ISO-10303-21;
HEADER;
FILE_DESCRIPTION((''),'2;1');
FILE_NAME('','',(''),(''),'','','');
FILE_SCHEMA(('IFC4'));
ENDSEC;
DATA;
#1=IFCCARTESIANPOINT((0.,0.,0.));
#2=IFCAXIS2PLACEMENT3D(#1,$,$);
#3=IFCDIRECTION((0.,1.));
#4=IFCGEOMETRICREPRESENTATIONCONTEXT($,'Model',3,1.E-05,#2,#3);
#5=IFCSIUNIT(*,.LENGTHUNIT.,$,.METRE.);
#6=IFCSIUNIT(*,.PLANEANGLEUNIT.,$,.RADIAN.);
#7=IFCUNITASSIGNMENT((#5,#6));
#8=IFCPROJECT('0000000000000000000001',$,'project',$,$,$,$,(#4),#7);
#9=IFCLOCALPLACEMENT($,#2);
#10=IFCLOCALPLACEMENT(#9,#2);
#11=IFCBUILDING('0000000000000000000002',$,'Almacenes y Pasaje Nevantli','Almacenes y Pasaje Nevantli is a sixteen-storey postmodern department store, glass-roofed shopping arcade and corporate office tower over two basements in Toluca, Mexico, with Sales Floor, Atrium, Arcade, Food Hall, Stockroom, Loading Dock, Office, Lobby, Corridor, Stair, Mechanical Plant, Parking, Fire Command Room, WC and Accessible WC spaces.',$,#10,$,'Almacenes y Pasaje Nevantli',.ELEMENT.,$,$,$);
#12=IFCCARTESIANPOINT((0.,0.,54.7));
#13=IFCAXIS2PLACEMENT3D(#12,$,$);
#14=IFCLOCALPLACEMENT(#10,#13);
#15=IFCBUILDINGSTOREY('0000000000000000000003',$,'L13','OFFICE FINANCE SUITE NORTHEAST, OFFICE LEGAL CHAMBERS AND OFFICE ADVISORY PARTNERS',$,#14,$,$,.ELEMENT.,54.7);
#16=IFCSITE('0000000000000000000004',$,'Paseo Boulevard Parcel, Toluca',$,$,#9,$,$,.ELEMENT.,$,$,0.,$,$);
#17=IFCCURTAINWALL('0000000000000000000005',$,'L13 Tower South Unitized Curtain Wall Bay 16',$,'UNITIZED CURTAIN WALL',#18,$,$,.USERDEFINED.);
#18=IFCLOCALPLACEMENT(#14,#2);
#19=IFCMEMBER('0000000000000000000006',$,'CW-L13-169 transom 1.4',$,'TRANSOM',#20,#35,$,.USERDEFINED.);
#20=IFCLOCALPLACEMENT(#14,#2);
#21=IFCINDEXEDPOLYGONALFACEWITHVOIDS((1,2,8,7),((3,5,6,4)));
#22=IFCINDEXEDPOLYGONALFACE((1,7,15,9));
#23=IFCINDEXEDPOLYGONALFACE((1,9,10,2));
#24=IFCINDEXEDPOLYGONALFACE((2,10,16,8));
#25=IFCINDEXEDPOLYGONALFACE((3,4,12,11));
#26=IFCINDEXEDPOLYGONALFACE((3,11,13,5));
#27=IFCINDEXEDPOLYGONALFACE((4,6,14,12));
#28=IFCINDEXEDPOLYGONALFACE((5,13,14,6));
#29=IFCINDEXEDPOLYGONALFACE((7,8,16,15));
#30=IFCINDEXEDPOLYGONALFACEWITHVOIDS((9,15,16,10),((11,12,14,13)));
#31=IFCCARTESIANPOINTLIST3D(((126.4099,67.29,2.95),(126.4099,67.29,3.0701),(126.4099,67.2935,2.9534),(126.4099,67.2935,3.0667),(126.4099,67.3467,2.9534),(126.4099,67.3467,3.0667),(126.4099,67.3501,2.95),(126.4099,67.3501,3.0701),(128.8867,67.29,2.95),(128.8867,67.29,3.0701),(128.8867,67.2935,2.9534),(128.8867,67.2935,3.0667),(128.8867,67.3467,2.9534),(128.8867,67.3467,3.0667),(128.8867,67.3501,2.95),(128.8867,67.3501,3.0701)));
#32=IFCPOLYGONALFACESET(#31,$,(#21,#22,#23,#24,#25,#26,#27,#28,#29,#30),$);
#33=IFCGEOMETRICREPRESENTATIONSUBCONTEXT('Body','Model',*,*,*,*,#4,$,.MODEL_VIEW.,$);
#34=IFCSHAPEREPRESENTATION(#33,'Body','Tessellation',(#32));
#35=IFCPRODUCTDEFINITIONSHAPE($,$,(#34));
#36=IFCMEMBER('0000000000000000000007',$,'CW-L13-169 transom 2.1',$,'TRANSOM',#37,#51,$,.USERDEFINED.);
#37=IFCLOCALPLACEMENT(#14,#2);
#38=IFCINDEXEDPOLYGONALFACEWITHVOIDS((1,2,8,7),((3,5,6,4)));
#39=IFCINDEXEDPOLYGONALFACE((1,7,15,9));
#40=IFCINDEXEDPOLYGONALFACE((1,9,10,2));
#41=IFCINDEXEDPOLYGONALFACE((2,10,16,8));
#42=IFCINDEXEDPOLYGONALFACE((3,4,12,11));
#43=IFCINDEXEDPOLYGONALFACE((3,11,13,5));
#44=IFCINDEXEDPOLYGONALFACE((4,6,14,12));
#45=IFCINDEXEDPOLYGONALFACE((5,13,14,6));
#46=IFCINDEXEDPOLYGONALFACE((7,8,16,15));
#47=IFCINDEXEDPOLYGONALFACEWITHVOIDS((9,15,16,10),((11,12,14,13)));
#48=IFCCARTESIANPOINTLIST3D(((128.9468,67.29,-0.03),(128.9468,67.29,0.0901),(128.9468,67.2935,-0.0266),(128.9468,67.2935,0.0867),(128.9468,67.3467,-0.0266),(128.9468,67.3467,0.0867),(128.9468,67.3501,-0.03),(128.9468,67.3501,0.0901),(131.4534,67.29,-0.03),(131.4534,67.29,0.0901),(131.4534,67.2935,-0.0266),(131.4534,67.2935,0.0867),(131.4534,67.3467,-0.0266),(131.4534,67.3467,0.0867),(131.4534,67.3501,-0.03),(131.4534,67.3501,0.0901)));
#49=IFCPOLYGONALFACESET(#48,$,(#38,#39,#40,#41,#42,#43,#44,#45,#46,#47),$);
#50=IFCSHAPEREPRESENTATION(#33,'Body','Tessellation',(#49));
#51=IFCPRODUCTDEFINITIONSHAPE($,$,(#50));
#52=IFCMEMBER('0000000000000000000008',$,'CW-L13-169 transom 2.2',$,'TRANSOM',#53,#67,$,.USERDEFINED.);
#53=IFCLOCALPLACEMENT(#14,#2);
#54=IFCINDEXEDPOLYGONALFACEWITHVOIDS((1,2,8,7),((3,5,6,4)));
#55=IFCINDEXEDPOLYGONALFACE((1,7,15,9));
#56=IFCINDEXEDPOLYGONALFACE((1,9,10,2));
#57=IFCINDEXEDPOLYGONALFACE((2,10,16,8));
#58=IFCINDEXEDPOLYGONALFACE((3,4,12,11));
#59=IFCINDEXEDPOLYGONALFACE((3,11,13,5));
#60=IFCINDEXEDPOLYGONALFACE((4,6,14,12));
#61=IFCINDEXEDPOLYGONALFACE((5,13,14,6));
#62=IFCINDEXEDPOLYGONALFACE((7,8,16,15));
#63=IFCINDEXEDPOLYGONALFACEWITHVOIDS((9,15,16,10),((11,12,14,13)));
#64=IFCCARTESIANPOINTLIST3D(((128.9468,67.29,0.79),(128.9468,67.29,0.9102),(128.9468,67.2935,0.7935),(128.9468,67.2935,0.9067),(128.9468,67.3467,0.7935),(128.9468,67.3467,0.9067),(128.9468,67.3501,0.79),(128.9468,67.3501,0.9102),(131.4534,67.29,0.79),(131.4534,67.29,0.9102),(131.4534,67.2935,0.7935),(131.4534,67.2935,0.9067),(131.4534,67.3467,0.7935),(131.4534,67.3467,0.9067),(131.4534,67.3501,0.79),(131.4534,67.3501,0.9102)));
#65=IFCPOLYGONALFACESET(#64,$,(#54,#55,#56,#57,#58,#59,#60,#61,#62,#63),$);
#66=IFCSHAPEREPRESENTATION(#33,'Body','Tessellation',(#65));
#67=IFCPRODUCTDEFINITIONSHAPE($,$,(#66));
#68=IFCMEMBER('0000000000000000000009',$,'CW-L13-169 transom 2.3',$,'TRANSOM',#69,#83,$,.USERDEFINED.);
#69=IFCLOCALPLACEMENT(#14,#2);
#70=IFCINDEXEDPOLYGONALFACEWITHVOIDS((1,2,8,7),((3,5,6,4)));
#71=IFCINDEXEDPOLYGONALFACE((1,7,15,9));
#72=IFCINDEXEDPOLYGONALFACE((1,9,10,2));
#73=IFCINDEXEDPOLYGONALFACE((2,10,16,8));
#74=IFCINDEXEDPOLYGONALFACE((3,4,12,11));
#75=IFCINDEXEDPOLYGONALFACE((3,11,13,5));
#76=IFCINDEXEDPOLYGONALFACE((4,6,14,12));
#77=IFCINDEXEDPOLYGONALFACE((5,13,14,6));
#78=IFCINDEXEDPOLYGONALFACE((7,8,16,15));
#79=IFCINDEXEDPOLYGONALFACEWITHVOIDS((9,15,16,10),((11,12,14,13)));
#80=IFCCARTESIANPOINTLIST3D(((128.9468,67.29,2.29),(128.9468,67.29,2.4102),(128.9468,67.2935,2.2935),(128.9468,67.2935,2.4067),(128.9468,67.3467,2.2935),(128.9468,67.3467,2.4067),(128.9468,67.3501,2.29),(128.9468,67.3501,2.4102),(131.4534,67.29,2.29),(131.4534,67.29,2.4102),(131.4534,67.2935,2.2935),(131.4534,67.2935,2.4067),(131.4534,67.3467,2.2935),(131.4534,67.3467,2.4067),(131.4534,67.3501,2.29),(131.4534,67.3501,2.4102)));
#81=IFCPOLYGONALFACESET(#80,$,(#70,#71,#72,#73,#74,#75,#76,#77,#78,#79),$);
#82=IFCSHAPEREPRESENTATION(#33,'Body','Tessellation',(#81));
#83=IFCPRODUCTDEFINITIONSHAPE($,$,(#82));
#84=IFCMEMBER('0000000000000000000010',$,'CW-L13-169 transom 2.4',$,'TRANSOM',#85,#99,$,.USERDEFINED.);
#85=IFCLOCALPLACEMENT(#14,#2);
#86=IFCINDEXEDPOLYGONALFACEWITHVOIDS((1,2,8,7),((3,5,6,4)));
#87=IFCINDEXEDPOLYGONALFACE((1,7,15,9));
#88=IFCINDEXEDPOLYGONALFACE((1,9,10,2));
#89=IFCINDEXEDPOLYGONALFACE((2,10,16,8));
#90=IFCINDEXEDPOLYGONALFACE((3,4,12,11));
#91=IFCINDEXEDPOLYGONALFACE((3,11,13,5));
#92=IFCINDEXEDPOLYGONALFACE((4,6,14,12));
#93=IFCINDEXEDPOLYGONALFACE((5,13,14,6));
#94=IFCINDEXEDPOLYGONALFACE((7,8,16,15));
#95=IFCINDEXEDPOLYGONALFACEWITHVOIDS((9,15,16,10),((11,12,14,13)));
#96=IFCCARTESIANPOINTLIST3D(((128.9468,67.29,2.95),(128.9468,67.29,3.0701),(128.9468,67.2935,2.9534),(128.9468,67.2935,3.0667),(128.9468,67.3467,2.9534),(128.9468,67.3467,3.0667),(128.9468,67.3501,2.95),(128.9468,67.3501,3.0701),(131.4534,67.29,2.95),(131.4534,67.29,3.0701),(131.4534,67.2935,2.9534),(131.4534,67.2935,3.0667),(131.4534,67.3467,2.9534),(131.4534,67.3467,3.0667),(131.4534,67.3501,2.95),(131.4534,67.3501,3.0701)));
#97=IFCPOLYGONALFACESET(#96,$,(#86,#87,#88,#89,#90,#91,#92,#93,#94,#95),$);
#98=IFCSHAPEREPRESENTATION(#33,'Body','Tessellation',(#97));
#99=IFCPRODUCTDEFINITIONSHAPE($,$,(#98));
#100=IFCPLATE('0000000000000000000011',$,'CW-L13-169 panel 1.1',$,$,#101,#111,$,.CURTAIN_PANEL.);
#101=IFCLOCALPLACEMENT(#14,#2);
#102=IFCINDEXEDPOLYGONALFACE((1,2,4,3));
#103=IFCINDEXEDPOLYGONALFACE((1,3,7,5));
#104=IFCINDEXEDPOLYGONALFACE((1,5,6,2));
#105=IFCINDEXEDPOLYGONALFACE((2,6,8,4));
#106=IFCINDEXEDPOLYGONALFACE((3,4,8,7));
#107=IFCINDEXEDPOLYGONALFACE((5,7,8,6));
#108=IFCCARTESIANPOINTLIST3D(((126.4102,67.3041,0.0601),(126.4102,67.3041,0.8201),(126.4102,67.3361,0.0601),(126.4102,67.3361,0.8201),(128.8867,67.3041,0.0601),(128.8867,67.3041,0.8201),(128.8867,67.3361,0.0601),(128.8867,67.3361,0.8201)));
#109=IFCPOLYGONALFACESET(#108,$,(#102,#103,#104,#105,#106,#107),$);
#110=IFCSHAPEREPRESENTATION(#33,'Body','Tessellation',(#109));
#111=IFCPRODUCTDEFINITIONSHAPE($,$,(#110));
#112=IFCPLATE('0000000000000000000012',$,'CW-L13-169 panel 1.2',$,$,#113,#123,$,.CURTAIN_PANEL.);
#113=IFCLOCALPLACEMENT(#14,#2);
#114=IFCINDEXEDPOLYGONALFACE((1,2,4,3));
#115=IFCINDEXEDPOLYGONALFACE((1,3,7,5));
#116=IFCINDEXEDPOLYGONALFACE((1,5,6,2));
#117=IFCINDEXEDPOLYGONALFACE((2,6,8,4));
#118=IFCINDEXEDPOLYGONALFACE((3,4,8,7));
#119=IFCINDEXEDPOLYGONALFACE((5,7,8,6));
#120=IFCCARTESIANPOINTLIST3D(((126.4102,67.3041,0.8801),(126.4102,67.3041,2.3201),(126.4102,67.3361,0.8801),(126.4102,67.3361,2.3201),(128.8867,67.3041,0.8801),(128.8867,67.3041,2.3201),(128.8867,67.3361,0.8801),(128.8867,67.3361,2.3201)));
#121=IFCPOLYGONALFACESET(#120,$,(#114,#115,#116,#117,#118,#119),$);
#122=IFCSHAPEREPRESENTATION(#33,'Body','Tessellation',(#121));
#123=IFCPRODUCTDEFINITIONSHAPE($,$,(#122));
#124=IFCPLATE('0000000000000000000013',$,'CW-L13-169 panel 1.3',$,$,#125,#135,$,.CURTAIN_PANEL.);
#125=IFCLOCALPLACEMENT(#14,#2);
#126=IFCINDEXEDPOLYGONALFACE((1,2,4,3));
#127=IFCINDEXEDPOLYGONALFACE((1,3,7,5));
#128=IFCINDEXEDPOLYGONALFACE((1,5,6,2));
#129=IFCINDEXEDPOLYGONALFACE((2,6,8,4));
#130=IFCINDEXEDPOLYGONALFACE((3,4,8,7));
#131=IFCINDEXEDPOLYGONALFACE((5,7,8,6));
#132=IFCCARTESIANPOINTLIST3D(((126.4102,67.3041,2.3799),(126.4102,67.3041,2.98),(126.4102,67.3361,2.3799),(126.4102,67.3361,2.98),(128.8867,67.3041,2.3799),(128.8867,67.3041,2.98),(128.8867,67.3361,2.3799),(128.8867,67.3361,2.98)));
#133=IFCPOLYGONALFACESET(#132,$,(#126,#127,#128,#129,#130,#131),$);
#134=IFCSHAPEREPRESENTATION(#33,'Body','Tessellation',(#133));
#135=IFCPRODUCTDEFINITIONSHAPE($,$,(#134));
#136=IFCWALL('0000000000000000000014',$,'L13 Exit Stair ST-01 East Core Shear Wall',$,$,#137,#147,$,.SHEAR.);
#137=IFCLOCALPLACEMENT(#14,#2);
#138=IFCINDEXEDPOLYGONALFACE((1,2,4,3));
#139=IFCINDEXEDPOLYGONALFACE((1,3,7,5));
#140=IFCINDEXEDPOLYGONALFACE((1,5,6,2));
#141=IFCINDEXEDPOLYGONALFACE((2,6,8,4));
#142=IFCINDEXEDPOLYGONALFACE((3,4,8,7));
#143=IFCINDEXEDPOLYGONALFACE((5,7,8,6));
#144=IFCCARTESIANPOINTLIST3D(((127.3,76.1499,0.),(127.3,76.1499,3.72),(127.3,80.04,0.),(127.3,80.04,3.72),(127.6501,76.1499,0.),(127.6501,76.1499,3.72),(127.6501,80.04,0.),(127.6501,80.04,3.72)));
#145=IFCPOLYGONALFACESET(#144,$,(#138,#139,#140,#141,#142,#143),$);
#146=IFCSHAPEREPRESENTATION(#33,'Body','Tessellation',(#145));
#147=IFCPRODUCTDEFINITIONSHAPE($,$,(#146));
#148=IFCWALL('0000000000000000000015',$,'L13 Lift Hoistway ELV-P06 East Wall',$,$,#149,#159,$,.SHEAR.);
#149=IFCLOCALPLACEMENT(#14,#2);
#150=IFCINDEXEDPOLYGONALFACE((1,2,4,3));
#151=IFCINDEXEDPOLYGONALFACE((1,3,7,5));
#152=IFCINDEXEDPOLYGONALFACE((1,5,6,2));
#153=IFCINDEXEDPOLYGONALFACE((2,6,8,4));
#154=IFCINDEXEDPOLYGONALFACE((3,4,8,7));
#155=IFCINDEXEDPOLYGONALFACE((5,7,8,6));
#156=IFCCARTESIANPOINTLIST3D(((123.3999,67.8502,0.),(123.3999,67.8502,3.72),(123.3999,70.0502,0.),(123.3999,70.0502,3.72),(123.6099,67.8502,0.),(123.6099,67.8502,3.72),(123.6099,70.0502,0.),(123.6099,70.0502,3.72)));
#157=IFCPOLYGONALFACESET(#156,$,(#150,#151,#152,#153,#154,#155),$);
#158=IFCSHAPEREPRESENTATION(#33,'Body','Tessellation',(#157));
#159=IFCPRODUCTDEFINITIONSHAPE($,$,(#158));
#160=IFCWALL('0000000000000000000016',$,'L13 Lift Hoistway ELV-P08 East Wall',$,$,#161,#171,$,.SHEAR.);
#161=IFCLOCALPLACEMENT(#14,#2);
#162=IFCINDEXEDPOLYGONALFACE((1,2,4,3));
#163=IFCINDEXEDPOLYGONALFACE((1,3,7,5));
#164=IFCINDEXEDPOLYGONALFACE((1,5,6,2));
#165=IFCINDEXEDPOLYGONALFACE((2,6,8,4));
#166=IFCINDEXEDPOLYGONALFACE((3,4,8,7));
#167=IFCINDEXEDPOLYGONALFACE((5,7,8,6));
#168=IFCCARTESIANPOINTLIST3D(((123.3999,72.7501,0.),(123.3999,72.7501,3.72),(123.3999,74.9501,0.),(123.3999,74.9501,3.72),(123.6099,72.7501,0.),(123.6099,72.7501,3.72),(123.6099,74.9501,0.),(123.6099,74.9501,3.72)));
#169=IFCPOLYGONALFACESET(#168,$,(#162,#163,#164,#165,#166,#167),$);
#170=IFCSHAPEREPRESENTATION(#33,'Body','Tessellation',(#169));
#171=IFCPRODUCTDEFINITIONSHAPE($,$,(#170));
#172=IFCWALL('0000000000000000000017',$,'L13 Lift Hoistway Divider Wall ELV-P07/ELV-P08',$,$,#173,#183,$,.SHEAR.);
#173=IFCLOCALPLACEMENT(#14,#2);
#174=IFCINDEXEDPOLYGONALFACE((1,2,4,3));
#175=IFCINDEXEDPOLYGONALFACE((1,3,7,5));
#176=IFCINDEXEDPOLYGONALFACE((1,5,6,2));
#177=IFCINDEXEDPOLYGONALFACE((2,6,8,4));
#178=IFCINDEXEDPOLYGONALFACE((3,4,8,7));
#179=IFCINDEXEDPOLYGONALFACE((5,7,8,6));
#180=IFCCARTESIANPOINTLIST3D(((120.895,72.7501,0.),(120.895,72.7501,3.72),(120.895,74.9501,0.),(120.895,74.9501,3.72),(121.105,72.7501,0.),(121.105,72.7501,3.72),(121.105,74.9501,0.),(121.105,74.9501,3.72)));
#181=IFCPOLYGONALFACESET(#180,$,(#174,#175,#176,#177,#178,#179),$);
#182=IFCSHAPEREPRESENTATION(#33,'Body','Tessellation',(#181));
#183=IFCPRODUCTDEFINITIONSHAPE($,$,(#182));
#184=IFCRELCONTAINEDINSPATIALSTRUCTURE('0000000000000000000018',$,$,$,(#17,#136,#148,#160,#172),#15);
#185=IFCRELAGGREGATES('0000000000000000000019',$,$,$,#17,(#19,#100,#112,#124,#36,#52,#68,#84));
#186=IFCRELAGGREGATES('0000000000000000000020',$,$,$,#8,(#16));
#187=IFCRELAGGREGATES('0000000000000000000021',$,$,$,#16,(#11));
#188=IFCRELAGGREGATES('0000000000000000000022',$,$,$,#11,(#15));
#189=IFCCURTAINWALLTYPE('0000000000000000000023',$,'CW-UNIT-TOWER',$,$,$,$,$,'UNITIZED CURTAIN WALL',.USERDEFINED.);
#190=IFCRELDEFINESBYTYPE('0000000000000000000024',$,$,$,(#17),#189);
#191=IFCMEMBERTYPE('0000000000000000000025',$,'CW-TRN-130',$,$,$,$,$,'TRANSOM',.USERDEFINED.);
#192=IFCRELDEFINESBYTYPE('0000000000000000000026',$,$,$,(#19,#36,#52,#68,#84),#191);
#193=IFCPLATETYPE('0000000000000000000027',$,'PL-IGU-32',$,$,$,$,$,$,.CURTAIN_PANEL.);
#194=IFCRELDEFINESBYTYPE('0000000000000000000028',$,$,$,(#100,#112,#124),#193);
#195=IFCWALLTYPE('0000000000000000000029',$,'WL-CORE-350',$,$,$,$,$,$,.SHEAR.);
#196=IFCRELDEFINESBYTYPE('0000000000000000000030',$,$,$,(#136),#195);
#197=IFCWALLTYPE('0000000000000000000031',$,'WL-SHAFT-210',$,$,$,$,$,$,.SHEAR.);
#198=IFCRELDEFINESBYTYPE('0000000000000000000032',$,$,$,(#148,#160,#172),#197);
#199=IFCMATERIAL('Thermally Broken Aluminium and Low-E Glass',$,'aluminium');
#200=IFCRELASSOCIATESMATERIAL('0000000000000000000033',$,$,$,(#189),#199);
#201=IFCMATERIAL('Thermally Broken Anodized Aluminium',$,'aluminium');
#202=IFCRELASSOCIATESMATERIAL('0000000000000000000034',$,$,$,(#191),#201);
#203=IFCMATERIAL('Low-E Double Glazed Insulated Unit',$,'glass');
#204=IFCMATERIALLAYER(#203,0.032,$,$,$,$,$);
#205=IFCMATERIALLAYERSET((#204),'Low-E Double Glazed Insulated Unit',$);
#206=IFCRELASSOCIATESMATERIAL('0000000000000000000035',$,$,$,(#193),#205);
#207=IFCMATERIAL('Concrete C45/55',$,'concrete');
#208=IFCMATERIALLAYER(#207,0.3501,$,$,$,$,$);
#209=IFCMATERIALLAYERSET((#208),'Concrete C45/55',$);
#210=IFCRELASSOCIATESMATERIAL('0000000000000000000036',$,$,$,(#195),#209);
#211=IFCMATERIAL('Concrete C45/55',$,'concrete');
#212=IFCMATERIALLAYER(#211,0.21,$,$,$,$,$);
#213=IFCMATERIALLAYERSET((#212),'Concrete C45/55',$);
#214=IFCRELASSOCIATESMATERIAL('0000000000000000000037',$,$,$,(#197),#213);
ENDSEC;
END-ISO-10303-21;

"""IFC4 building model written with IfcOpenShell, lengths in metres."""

from ifc_helpers import new_model, si_unit, direction, frame, frame_2d, origin, origin_2d, place, context, subcontext, project, spatial, rectangle, hollow_rectangle, extrude, material, layer, layer_set, material_profile, profile_set, type_object, element, aggregate, save


model = new_model("IFC4")

# Units and contexts
model_context = context("Model", 3, precision=1e-05, world=origin(), true_north=direction((0.0, 1.0)))
body_context = subcontext(model_context, "Body", "Model", "MODEL_VIEW")
ifc_project = project(units=[si_unit("LENGTHUNIT", "METRE"), si_unit("PLANEANGLEUNIT", "RADIAN")], contexts=[model_context])

# Site, building, storey
site_placement = place(None, origin())
site = spatial("IfcSite", under=ifc_project, at=site_placement, Name="Paseo Boulevard Parcel, Toluca", CompositionType="ELEMENT", RefElevation=0.0)
building_placement = place(site_placement, origin())
building = spatial("IfcBuilding", under=site, at=building_placement, Name="Almacenes y Pasaje Nevantli", Description="Almacenes y Pasaje Nevantli is a sixteen-storey postmodern department store, glass-roofed shopping arcade and corporate office tower over two basements in Toluca, Mexico, with Sales Floor, Atrium, Arcade, Food Hall, Stockroom, Loading Dock, Office, Lobby, Corridor, Stair, Mechanical Plant, Parking, Fire Command Room, WC and Accessible WC spaces.", LongName="Almacenes y Pasaje Nevantli", CompositionType="ELEMENT")
storey_placement = place(building_placement, frame((0.0, 0.0, 54.7)))
storey = spatial("IfcBuildingStorey", under=building, at=storey_placement, Name="L13", Description="OFFICE FINANCE SUITE NORTHEAST, OFFICE LEGAL CHAMBERS AND OFFICE ADVISORY PARTNERS", CompositionType="ELEMENT", Elevation=54.7)

# Curtain wall, members, plates
ifc_material_1 = material(Name="Thermally Broken Aluminium and Low-E Glass", Category="aluminium")
curtain_wall_type = type_object("IfcCurtainWallType", Name="CW-UNIT-TOWER", ElementType="UNITIZED CURTAIN WALL", PredefinedType="USERDEFINED", material=ifc_material_1)
curtain_wall_placement = place(storey_placement, origin())
curtain_wall = element("IfcCurtainWall", 1, at=curtain_wall_placement, inside=storey, type_object=curtain_wall_type, Name="L13 Tower South Unitized Curtain Wall Bay 16", ObjectType="UNITIZED CURTAIN WALL", PredefinedType="USERDEFINED")
ifc_material_2 = material(Name="Thermally Broken Anodized Aluminium", Category="aluminium")
ifc_material_profile_1 = material_profile(ifc_material_2, hollow_rectangle(XDim=0.0601, YDim=0.1201, WallThickness=0.0034, at=origin_2d()), Name="ALU-TRN-60x120")
ifc_profile_set_1 = profile_set([ifc_material_profile_1], Name="Thermally Broken Anodized Aluminium")
member_type_1 = type_object("IfcMemberType", Name="CW-TRN-130", ElementType="TRANSOM", PredefinedType="USERDEFINED", material=ifc_profile_set_1)
member_1_placement = place(storey_placement, frame((126.4099, 67.3201, 3.01), z_axis=(1.0, 0.0, 0.0), x_axis=(0.0, 1.0, 0.0)))
member_1 = element("IfcMember", 2, at=member_1_placement, type_object=member_type_1, Name="CW-L13-169 transom 1.4", ObjectType="TRANSOM", PredefinedType="USERDEFINED", context=body_context, shape_type="SweptSolid", body=[
    extrude(hollow_rectangle(XDim=0.0601, YDim=0.1201, WallThickness=0.0034, at=origin_2d()), origin(), (0.0, 0.0, 1.0), 2.4768),
])
member_2_placement = place(storey_placement, frame((128.9468, 67.3201, 0.03), z_axis=(1.0, 0.0, 0.0), x_axis=(0.0, 1.0, 0.0)))
member_2 = element("IfcMember", 3, at=member_2_placement, type_object=member_type_1, Name="CW-L13-169 transom 2.1", ObjectType="TRANSOM", PredefinedType="USERDEFINED", context=body_context, shape_type="SweptSolid", body=[
    extrude(hollow_rectangle(XDim=0.0601, YDim=0.1201, WallThickness=0.0034, at=origin_2d()), origin(), (0.0, 0.0, 1.0), 2.5066),
])
member_3_placement = place(storey_placement, frame((128.9468, 67.3201, 0.8501), z_axis=(1.0, 0.0, 0.0), x_axis=(0.0, 1.0, 0.0)))
member_3 = element("IfcMember", 4, at=member_3_placement, type_object=member_type_1, Name="CW-L13-169 transom 2.2", ObjectType="TRANSOM", PredefinedType="USERDEFINED", context=body_context, shape_type="SweptSolid", body=[
    extrude(hollow_rectangle(XDim=0.0601, YDim=0.1201, WallThickness=0.0034, at=origin_2d()), origin(), (0.0, 0.0, 1.0), 2.5066),
])
member_4_placement = place(storey_placement, frame((128.9468, 67.3201, 2.3501), z_axis=(1.0, 0.0, 0.0), x_axis=(0.0, 1.0, 0.0)))
member_4 = element("IfcMember", 5, at=member_4_placement, type_object=member_type_1, Name="CW-L13-169 transom 2.3", ObjectType="TRANSOM", PredefinedType="USERDEFINED", context=body_context, shape_type="SweptSolid", body=[
    extrude(hollow_rectangle(XDim=0.0601, YDim=0.1201, WallThickness=0.0034, at=origin_2d()), origin(), (0.0, 0.0, 1.0), 2.5066),
])
member_5_placement = place(storey_placement, frame((128.9468, 67.3201, 3.01), z_axis=(1.0, 0.0, 0.0), x_axis=(0.0, 1.0, 0.0)))
member_5 = element("IfcMember", 6, at=member_5_placement, type_object=member_type_1, Name="CW-L13-169 transom 2.4", ObjectType="TRANSOM", PredefinedType="USERDEFINED", context=body_context, shape_type="SweptSolid", body=[
    extrude(hollow_rectangle(XDim=0.0601, YDim=0.1201, WallThickness=0.0034, at=origin_2d()), origin(), (0.0, 0.0, 1.0), 2.5066),
])
ifc_material_3 = material(Name="Low-E Double Glazed Insulated Unit", Category="glass")
ifc_layer_1 = layer(ifc_material_3, 0.032)
ifc_layer_set_1 = layer_set([ifc_layer_1], Name="Low-E Double Glazed Insulated Unit")
plate_type = type_object("IfcPlateType", Name="PL-IGU-32", PredefinedType="CURTAIN_PANEL", material=ifc_layer_set_1)
plate_1_placement = place(storey_placement, frame((127.6484, 67.3201, 0.0601), z_axis=(0.0, 0.0, 1.0), x_axis=(1.0, 0.0, 0.0)))
plate_1 = element("IfcPlate", 7, at=plate_1_placement, type_object=plate_type, Name="CW-L13-169 panel 1.1", PredefinedType="CURTAIN_PANEL", context=body_context, shape_type="SweptSolid", body=[
    extrude(rectangle(XDim=2.4766, YDim=0.032, at=origin_2d()), origin(), (0.0, 0.0, 1.0), 0.76),
])
plate_2_placement = place(storey_placement, frame((127.6484, 67.3201, 0.8801), z_axis=(0.0, 0.0, 1.0), x_axis=(1.0, 0.0, 0.0)))
plate_2 = element("IfcPlate", 8, at=plate_2_placement, type_object=plate_type, Name="CW-L13-169 panel 1.2", PredefinedType="CURTAIN_PANEL", context=body_context, shape_type="SweptSolid", body=[
    extrude(rectangle(XDim=2.4766, YDim=0.032, at=origin_2d()), origin(), (0.0, 0.0, 1.0), 1.4399),
])
plate_3_placement = place(storey_placement, frame((127.6484, 67.3201, 2.3799), z_axis=(0.0, 0.0, 1.0), x_axis=(1.0, 0.0, 0.0)))
plate_3 = element("IfcPlate", 9, at=plate_3_placement, type_object=plate_type, Name="CW-L13-169 panel 1.3", PredefinedType="CURTAIN_PANEL", context=body_context, shape_type="SweptSolid", body=[
    extrude(rectangle(XDim=2.4766, YDim=0.032, at=origin_2d()), origin(), (0.0, 0.0, 1.0), 0.6001),
])
aggregate(curtain_wall, [member_1, plate_1, plate_2, plate_3, member_2, member_3, member_4, member_5])

# Walls
ifc_material_4 = material(Name="Concrete C45/55", Category="concrete")
ifc_layer_2 = layer(ifc_material_4, 0.3501)
ifc_layer_set_2 = layer_set([ifc_layer_2], Name="Concrete C45/55")
wall_type_1 = type_object("IfcWallType", Name="WL-CORE-350", PredefinedType="SHEAR", material=ifc_layer_set_2)
wall_placement = place(storey_placement, frame((127.4751, 76.1499, 0.0), z_axis=(0.0, 0.0, 1.0), x_axis=(0.0, 1.0, 0.0)))
element("IfcWall", 10, at=wall_placement, inside=storey, type_object=wall_type_1, Name="L13 Exit Stair ST-01 East Core Shear Wall", PredefinedType="SHEAR", context=body_context, shape_type="SweptSolid", body=[
    extrude(rectangle(XDim=3.8901, YDim=0.3501, at=frame_2d((1.9451, 0.0))), origin(), (0.0, 0.0, 1.0), 3.72),
])
ifc_material_5 = material(Name="Concrete C45/55", Category="concrete")
ifc_layer_3 = layer(ifc_material_5, 0.21)
ifc_layer_set_3 = layer_set([ifc_layer_3], Name="Concrete C45/55")
wall_type_2 = type_object("IfcWallType", Name="WL-SHAFT-210", PredefinedType="SHEAR", material=ifc_layer_set_3)
for number, where, z_axis, x_axis, name in (
    (11, (123.5049, 67.8501, 0.0), (0.0, 0.0, 1.0), (0.0, 1.0, 0.0), "L13 Lift Hoistway ELV-P06 East Wall"),
    (12, (123.5049, 72.75, 0.0), (0.0, 0.0, 1.0), (0.0, 1.0, 0.0), "L13 Lift Hoistway ELV-P08 East Wall"),
    (13, (121.0, 72.75, 0.0), (0.0, 0.0, 1.0), (0.0, 1.0, 0.0), "L13 Lift Hoistway Divider Wall ELV-P07/ELV-P08"),
):
    element("IfcWall", number, at=place(storey_placement, frame(where, z_axis=z_axis, x_axis=x_axis)), inside=storey, type_object=wall_type_2, Name=name, PredefinedType="SHEAR", context=body_context, shape_type="SweptSolid", body=[
        extrude(rectangle(XDim=2.2, YDim=0.21, at=frame_2d((1.1001, 0.0))), origin(), (0.0, 0.0, 1.0), 3.72),
    ])

save(model, "model.ifc")
